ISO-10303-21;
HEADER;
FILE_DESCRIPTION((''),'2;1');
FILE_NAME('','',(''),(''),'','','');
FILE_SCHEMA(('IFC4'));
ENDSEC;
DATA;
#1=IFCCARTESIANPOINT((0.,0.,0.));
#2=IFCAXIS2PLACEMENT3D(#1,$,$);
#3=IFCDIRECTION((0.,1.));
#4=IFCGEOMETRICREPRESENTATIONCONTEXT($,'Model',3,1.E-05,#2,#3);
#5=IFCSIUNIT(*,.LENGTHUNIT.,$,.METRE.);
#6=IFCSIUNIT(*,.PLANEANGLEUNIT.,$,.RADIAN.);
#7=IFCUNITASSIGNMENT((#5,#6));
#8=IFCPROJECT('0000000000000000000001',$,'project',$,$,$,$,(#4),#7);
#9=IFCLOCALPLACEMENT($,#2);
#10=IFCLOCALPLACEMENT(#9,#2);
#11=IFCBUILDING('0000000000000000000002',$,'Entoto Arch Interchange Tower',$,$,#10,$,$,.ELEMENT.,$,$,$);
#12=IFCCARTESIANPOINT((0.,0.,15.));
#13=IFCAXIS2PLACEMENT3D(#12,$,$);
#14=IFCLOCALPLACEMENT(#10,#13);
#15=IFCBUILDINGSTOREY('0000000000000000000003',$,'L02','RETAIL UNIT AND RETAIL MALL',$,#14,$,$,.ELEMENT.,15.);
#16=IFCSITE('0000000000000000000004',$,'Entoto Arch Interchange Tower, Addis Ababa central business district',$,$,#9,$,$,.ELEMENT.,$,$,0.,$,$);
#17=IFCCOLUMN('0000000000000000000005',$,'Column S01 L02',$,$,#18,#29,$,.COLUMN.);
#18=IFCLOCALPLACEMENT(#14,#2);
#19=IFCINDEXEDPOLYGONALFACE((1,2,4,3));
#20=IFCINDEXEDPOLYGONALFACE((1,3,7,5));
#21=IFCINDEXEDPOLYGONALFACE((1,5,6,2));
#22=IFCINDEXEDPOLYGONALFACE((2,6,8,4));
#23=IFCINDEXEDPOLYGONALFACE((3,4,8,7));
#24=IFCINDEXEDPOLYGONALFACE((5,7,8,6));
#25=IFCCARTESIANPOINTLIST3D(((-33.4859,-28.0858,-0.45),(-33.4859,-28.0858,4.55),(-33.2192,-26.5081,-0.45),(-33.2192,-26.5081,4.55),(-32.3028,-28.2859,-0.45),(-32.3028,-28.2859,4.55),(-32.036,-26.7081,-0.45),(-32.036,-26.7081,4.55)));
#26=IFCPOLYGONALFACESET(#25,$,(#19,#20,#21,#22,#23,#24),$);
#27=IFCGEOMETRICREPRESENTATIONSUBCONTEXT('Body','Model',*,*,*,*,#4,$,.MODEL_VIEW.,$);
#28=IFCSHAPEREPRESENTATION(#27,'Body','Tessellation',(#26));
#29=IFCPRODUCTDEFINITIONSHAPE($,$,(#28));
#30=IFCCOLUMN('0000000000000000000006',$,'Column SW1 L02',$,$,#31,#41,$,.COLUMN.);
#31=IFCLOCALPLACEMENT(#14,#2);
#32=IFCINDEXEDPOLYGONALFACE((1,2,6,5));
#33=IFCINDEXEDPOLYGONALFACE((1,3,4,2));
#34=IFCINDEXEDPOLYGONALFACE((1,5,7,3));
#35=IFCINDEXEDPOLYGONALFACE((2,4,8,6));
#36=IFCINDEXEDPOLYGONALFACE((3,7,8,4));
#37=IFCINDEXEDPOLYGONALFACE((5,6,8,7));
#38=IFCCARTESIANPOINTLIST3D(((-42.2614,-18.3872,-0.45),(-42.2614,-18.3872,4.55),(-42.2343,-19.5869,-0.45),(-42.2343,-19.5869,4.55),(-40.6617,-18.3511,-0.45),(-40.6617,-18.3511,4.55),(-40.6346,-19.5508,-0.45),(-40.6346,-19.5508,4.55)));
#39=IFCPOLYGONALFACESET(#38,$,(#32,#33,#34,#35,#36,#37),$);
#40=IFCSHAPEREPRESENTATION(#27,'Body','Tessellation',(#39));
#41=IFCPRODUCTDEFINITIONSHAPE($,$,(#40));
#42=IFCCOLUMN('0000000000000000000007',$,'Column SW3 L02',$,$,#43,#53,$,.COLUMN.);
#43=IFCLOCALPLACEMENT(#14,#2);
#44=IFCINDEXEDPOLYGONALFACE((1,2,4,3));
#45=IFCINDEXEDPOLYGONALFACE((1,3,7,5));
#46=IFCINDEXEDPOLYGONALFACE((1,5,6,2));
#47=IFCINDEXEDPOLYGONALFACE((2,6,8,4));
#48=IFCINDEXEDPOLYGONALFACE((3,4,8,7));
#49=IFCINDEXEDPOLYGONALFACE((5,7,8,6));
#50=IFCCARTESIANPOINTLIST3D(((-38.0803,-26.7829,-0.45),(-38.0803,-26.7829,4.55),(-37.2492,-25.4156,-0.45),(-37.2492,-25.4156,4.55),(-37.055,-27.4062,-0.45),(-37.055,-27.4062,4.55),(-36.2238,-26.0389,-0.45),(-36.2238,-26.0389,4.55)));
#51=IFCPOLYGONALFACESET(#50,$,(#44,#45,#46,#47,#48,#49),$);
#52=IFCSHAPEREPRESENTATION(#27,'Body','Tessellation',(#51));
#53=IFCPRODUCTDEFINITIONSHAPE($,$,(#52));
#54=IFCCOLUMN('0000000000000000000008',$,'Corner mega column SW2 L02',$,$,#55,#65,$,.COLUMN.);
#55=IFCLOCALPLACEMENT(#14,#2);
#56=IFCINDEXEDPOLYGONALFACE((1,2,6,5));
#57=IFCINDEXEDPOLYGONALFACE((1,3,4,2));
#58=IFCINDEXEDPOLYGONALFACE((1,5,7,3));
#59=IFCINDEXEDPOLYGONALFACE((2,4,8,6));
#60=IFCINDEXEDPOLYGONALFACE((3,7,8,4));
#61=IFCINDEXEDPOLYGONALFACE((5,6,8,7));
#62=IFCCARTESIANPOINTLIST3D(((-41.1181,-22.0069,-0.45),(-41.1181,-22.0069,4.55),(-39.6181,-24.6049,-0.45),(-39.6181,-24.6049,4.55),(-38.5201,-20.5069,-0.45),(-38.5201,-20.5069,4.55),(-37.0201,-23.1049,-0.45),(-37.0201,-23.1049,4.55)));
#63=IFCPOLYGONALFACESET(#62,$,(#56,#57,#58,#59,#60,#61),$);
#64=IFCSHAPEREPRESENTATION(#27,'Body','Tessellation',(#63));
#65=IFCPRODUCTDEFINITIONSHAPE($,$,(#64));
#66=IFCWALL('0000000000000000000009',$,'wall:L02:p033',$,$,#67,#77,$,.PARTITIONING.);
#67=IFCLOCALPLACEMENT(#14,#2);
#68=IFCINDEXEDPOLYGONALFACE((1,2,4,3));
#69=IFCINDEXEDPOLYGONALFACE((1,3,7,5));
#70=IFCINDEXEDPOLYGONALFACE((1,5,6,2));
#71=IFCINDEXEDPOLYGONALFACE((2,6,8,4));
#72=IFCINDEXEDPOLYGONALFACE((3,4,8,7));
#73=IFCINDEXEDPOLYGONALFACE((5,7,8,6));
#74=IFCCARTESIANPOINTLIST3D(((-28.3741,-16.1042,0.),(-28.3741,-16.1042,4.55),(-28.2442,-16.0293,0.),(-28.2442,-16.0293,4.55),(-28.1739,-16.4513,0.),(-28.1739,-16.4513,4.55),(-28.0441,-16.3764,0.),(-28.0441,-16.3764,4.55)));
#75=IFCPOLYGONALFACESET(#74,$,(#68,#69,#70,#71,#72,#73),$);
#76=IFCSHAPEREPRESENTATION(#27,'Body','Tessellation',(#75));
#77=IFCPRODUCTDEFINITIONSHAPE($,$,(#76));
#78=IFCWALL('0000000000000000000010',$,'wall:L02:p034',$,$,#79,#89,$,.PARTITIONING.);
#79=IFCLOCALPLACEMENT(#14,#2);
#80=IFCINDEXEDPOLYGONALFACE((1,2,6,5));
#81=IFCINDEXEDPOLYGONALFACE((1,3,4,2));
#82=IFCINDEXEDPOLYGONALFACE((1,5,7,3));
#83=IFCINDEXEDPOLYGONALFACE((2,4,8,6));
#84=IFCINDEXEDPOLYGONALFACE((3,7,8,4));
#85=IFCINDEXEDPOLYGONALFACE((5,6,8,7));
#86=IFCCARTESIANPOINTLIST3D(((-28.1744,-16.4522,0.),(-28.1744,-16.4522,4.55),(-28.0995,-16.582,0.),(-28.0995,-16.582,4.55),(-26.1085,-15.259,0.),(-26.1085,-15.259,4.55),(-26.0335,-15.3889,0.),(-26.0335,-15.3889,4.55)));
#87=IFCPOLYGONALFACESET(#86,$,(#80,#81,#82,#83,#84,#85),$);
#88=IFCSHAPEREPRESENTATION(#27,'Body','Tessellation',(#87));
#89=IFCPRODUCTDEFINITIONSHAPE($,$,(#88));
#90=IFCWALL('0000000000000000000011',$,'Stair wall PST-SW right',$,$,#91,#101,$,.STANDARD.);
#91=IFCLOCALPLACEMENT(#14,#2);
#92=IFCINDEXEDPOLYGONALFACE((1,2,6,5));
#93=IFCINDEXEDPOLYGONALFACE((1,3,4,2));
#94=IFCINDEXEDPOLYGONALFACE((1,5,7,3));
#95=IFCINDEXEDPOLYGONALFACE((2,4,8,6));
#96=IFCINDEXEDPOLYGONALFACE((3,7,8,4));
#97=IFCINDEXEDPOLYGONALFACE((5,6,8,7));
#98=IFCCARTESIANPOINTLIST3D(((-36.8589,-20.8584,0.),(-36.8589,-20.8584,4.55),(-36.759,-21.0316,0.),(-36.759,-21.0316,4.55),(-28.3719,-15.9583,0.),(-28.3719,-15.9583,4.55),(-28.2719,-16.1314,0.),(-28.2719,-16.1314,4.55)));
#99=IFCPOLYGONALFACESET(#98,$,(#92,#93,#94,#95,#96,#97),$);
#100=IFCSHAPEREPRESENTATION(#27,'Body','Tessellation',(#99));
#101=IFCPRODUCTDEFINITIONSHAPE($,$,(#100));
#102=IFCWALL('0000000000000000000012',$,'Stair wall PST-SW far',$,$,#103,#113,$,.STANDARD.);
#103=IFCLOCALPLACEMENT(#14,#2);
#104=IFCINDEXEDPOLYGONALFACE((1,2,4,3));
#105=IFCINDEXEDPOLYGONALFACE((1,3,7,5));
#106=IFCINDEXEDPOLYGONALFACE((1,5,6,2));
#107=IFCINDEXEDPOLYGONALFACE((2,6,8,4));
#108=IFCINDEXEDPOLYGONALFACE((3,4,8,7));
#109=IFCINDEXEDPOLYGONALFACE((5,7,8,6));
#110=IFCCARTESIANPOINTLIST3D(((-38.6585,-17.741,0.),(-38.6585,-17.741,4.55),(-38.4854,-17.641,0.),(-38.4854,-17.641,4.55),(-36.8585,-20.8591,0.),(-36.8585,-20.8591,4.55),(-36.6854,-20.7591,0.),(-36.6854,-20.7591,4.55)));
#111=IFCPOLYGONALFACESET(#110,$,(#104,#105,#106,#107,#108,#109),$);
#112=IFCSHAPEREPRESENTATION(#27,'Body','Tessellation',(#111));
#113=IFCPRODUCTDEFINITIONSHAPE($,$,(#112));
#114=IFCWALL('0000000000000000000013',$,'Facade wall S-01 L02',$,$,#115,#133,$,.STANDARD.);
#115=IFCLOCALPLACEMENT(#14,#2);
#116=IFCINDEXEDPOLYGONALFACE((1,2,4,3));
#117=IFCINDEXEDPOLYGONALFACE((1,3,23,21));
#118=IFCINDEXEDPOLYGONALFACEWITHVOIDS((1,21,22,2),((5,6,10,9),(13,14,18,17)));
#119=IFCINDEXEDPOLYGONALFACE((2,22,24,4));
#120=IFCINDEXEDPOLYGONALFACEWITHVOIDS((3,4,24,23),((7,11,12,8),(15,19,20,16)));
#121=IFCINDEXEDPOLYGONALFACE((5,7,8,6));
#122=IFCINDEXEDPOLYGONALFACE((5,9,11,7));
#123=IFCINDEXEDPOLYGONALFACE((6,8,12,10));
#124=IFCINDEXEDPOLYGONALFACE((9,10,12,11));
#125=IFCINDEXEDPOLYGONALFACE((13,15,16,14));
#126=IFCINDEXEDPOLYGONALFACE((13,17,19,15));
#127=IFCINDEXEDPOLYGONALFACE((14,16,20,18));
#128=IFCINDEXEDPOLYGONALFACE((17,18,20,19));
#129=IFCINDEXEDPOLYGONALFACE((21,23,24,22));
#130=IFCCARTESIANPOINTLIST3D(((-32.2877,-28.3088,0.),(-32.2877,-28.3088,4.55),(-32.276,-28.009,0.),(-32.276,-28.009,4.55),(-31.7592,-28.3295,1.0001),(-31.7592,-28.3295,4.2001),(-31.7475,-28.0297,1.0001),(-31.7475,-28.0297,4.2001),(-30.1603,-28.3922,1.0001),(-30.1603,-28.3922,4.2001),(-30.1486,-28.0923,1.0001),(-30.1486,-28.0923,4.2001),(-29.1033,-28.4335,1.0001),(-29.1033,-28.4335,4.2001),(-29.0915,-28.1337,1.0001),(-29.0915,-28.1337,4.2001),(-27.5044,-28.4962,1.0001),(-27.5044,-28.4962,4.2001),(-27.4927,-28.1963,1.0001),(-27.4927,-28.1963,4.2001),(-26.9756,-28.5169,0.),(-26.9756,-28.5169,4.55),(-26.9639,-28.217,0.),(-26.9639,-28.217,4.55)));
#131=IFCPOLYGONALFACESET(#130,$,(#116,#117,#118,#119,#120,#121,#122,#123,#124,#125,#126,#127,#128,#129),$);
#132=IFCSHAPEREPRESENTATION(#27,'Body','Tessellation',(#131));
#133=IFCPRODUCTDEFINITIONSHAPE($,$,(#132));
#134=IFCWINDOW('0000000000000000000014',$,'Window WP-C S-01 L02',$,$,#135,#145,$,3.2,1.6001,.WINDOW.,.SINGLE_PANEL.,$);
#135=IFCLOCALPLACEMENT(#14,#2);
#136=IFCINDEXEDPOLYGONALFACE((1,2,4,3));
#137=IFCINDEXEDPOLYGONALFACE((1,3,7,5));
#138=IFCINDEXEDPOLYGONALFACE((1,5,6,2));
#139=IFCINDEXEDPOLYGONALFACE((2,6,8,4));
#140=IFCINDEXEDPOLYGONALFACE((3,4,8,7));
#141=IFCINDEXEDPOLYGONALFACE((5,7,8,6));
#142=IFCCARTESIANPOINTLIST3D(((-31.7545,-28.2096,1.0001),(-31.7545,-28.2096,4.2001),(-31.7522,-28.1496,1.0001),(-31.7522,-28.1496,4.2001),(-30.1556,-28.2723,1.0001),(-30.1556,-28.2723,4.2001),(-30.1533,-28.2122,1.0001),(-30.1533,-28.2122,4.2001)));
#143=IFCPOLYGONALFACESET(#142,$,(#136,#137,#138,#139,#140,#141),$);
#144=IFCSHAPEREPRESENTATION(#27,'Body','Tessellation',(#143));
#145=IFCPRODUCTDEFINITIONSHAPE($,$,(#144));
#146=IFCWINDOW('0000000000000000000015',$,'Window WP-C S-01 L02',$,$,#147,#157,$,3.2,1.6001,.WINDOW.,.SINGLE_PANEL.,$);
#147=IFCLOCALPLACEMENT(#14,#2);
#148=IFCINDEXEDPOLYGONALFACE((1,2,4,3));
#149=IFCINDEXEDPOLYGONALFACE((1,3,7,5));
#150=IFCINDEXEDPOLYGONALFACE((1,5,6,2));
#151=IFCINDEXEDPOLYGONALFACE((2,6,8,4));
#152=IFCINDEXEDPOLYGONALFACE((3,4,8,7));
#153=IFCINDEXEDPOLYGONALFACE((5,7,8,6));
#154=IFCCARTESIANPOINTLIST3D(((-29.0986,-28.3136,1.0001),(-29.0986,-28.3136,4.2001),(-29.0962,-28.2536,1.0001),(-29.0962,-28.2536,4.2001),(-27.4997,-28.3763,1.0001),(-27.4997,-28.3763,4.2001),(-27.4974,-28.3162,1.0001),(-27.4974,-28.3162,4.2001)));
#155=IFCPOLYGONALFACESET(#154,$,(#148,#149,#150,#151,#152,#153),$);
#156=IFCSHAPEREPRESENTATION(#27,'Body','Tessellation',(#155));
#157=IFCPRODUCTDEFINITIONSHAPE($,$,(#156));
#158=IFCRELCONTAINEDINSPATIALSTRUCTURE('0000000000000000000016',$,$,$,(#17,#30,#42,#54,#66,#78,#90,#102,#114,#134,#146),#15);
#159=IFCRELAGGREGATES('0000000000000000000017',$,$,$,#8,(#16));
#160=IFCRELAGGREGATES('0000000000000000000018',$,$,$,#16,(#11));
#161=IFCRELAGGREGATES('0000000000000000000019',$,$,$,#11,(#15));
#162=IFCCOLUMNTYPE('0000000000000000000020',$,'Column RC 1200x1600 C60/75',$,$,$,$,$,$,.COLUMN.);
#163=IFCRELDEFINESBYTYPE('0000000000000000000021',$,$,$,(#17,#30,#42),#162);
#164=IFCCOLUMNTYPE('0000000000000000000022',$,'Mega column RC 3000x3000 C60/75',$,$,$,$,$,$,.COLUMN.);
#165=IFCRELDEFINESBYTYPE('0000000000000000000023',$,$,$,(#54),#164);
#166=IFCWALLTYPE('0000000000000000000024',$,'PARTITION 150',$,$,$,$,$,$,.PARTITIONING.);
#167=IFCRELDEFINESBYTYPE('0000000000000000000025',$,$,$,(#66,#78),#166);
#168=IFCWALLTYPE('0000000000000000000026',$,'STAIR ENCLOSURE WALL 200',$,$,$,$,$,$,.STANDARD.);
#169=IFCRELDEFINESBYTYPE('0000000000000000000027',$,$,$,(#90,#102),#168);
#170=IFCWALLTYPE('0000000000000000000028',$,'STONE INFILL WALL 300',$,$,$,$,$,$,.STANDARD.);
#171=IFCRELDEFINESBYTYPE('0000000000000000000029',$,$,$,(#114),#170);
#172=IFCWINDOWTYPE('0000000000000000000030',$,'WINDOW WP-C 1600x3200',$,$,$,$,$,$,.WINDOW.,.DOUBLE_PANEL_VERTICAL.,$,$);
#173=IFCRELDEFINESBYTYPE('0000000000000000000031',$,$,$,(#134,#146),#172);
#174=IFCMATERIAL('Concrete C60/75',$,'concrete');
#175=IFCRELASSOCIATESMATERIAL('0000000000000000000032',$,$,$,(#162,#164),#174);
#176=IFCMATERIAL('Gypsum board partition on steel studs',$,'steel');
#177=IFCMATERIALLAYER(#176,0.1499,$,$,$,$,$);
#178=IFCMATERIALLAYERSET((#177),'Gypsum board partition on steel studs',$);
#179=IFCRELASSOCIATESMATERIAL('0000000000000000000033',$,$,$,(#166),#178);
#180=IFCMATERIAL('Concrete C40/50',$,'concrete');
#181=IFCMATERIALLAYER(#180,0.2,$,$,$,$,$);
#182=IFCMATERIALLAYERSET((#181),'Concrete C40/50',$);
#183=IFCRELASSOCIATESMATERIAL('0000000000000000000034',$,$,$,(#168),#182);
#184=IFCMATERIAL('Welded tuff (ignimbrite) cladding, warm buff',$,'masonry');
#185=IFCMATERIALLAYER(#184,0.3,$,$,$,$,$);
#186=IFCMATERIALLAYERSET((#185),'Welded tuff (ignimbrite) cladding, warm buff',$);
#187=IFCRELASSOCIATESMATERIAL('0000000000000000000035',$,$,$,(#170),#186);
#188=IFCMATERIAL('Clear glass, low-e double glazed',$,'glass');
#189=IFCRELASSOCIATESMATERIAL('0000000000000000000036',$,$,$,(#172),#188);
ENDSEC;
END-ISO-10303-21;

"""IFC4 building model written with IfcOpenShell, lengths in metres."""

from ifc_helpers import new_model, si_unit, direction, frame, frame_2d, origin, origin_2d, place, context, subcontext, project, spatial, rectangle, extrude, material, layer, layer_set, material_profile, profile_set, type_object, element, fill, save


model = new_model("IFC4")

# Units and contexts
model_context = context("Model", 3, precision=1e-05, world=origin(), true_north=direction((0.0, 1.0)))
body_context = subcontext(model_context, "Body", "Model", "MODEL_VIEW")
ifc_project = project(units=[si_unit("LENGTHUNIT", "METRE"), si_unit("PLANEANGLEUNIT", "RADIAN")], contexts=[model_context])

# Site, building, storey
site_placement = place(None, origin())
site = spatial("IfcSite", under=ifc_project, at=site_placement, Name="Entoto Arch Interchange Tower, Addis Ababa central business district", CompositionType="ELEMENT", RefElevation=0.0)
building_placement = place(site_placement, origin())
building = spatial("IfcBuilding", under=site, at=building_placement, Name="Entoto Arch Interchange Tower", CompositionType="ELEMENT")
storey_placement = place(building_placement, frame((0.0, 0.0, 15.0)))
storey = spatial("IfcBuildingStorey", under=building, at=storey_placement, Name="L02", Description="RETAIL UNIT AND RETAIL MALL", CompositionType="ELEMENT", Elevation=15.0)

# Columns
ifc_material_1 = material(Name="Concrete C60/75", Category="concrete")
ifc_material_profile_1 = material_profile(ifc_material_1, rectangle(XDim=1.2, YDim=1.6001, at=origin_2d()))
ifc_profile_set_1 = profile_set([ifc_material_profile_1], Name="Concrete C60/75")
column_type_1 = type_object("IfcColumnType", Name="Column RC 1200x1600 C60/75", PredefinedType="COLUMN", material=ifc_profile_set_1)
for number, where, z_axis, x_axis, name in (
    (1, (-32.761, -27.397, -0.45), (0.0, 0.0, 1.0), (-0.986005, 0.166717, 0.0), "Column S01 L02"),
    (2, (-41.448, -18.969, -0.45), (0.0, 0.0, 1.0), (-0.022565, 0.999745, 0.0), "Column SW1 L02"),
    (3, (-37.1521, -26.4109, -0.45), (0.0, 0.0, 1.0), (-0.854522, 0.519415, 0.0), "Column SW3 L02"),
):
    element("IfcColumn", number, at=place(storey_placement, frame(where, z_axis=z_axis, x_axis=x_axis)), inside=storey, type_object=column_type_1, Name=name, PredefinedType="COLUMN", context=body_context, shape_type="SweptSolid", body=[
        extrude(rectangle(XDim=1.2, YDim=1.6001, at=origin_2d()), origin(), (0.0, 0.0, 1.0), 5.0),
    ])
ifc_material_profile_2 = material_profile(ifc_material_1, rectangle(XDim=3.0, YDim=3.0, at=origin_2d()))
ifc_profile_set_2 = profile_set([ifc_material_profile_2], Name="Concrete C60/75")
column_type_2 = type_object("IfcColumnType", Name="Mega column RC 3000x3000 C60/75", PredefinedType="COLUMN", material=ifc_profile_set_2)
column_placement = place(storey_placement, frame((-39.0691, -22.5559, -0.45), z_axis=(0.0, 0.0, 1.0), x_axis=(0.866025, 0.5, 0.0)))
element("IfcColumn", 4, at=column_placement, inside=storey, type_object=column_type_2, Name="Corner mega column SW2 L02", PredefinedType="COLUMN", context=body_context, shape_type="SweptSolid", body=[
    extrude(rectangle(XDim=3.0, YDim=3.0, at=origin_2d()), origin(), (0.0, 0.0, 1.0), 5.0),
])

# Walls
ifc_material_2 = material(Name="Gypsum board partition on steel studs", Category="steel")
ifc_layer_1 = layer(ifc_material_2, 0.1499)
ifc_layer_set_1 = layer_set([ifc_layer_1], Name="Gypsum board partition on steel studs")
wall_type_1 = type_object("IfcWallType", Name="PARTITION 150", PredefinedType="PARTITIONING", material=ifc_layer_set_1)
wall_1_placement = place(storey_placement, frame((-28.3091, -16.0669, 0.0), z_axis=(0.0, 0.0, 1.0), x_axis=(0.499547, -0.866287, 0.0)))
element("IfcWall", 5, at=wall_1_placement, inside=storey, type_object=wall_type_1, Name="wall:L02:p033", PredefinedType="PARTITIONING", context=body_context, shape_type="SweptSolid", body=[
    extrude(rectangle(XDim=0.4006, YDim=0.1499, at=frame_2d((0.2002, 0.0))), origin(), (0.0, 0.0, 1.0), 4.55),
])
wall_2_placement = place(storey_placement, frame((-28.137, -16.5171, 0.0), z_axis=(0.0, 0.0, 1.0), x_axis=(0.865961, 0.500112, 0.0)))
element("IfcWall", 6, at=wall_2_placement, inside=storey, type_object=wall_type_1, Name="wall:L02:p034", PredefinedType="PARTITIONING", context=body_context, shape_type="SweptSolid", body=[
    extrude(rectangle(XDim=2.3857, YDim=0.1499, at=frame_2d((1.1929, 0.0))), origin(), (0.0, 0.0, 1.0), 4.55),
])
ifc_material_3 = material(Name="Concrete C40/50", Category="concrete")
ifc_layer_2 = layer(ifc_material_3, 0.2)
ifc_layer_set_2 = layer_set([ifc_layer_2], Name="Concrete C40/50")
wall_type_2 = type_object("IfcWallType", Name="STAIR ENCLOSURE WALL 200", PredefinedType="STANDARD", material=ifc_layer_set_2)
wall_3_placement = place(storey_placement, frame((-28.322, -16.0449, 0.0), z_axis=(0.0, 0.0, 1.0), x_axis=(-0.866019, -0.500011, 0.0)))
element("IfcWall", 7, at=wall_3_placement, inside=storey, type_object=wall_type_2, Name="Stair wall PST-SW right", PredefinedType="STANDARD", context=body_context, shape_type="SweptSolid", body=[
    extrude(rectangle(XDim=9.8, YDim=0.2, at=frame_2d((4.8999, 0.0))), origin(), (0.0, 0.0, 1.0), 4.55),
])
wall_4_placement = place(storey_placement, frame((-38.572, -17.6909, 0.0), z_axis=(0.0, 0.0, 1.0), x_axis=(0.499953, -0.866052, 0.0)))
element("IfcWall", 8, at=wall_4_placement, inside=storey, type_object=wall_type_2, Name="Stair wall PST-SW far", PredefinedType="STANDARD", context=body_context, shape_type="SweptSolid", body=[
    extrude(rectangle(XDim=3.6003, YDim=0.2, at=frame_2d((1.8003, 0.0))), origin(), (0.0, 0.0, 1.0), 4.55),
])

# Wall, openings, windows
ifc_material_4 = material(Name="Welded tuff (ignimbrite) cladding, warm buff", Category="masonry")
ifc_layer_3 = layer(ifc_material_4, 0.3)
ifc_layer_set_3 = layer_set([ifc_layer_3], Name="Welded tuff (ignimbrite) cladding, warm buff")
wall_type_3 = type_object("IfcWallType", Name="STONE INFILL WALL 300", PredefinedType="STANDARD", material=ifc_layer_set_3)
wall_5_placement = place(storey_placement, frame((-32.282, -28.1589, 0.0), z_axis=(0.0, 0.0, 1.0), x_axis=(0.999234, -0.039128, 0.0)))
wall_5 = element("IfcWall", 9, at=wall_5_placement, inside=storey, type_object=wall_type_3, Name="Facade wall S-01 L02", PredefinedType="STANDARD", context=body_context, shape_type="SweptSolid", body=[
    extrude(rectangle(XDim=5.3162, YDim=0.3, at=frame_2d((2.6582, 0.0))), origin(), (0.0, 0.0, 1.0), 4.55),
])
opening_1_placement = place(wall_5_placement, frame((0.5291, 0.0, 1.0)))
opening_1 = element("IfcOpeningElement", 10, at=opening_1_placement, cuts=wall_5, PredefinedType="OPENING", context=body_context, shape_type="SweptSolid", body=[
    extrude(rectangle(XDim=1.6001, YDim=3.2, at=frame_2d((0.8, 1.6001))), frame((0.0, 0.1602, 0.0), z_axis=(0.0, -1.0, 0.0), x_axis=(1.0, 0.0, 0.0)), (0.0, 0.0, 1.0), 0.3201),
])
opening_2_placement = place(wall_5_placement, frame((3.187, 0.0, 1.0)))
opening_2 = element("IfcOpeningElement", 11, at=opening_2_placement, cuts=wall_5, PredefinedType="OPENING", context=body_context, shape_type="SweptSolid", body=[
    extrude(rectangle(XDim=1.6001, YDim=3.2, at=frame_2d((0.8, 1.6001))), frame((0.0, 0.1602, 0.0), z_axis=(0.0, -1.0, 0.0), x_axis=(1.0, 0.0, 0.0)), (0.0, 0.0, 1.0), 0.3201),
])
ifc_material_5 = material(Name="Clear glass, low-e double glazed", Category="glass")
window_type = type_object("IfcWindowType", Name="WINDOW WP-C 1600x3200", PartitioningType="DOUBLE_PANEL_VERTICAL", PredefinedType="WINDOW", material=ifc_material_5)
window_1_placement = place(opening_1_placement, origin())
window_1 = element("IfcWindow", 12, at=window_1_placement, inside=storey, type_object=window_type, Name="Window WP-C S-01 L02", OverallHeight=3.2, OverallWidth=1.6001, PartitioningType="SINGLE_PANEL", PredefinedType="WINDOW", context=body_context, shape_type="SweptSolid", body=[
    extrude(rectangle(XDim=1.6001, YDim=3.2, at=frame_2d((0.8, 1.6001))), frame((0.0, 0.03, 0.0), z_axis=(0.0, -1.0, 0.0), x_axis=(1.0, 0.0, 0.0)), (0.0, 0.0, 1.0), 0.0601),
])
fill(opening_1, window_1)
window_2_placement = place(opening_2_placement, origin())
window_2 = element("IfcWindow", 13, at=window_2_placement, inside=storey, type_object=window_type, Name="Window WP-C S-01 L02", OverallHeight=3.2, OverallWidth=1.6001, PartitioningType="SINGLE_PANEL", PredefinedType="WINDOW", context=body_context, shape_type="SweptSolid", body=[
    extrude(rectangle(XDim=1.6001, YDim=3.2, at=frame_2d((0.8, 1.6001))), frame((0.0, 0.03, 0.0), z_axis=(0.0, -1.0, 0.0), x_axis=(1.0, 0.0, 0.0)), (0.0, 0.0, 1.0), 0.0601),
])
fill(opening_2, window_2)

save(model, "model.ifc")
